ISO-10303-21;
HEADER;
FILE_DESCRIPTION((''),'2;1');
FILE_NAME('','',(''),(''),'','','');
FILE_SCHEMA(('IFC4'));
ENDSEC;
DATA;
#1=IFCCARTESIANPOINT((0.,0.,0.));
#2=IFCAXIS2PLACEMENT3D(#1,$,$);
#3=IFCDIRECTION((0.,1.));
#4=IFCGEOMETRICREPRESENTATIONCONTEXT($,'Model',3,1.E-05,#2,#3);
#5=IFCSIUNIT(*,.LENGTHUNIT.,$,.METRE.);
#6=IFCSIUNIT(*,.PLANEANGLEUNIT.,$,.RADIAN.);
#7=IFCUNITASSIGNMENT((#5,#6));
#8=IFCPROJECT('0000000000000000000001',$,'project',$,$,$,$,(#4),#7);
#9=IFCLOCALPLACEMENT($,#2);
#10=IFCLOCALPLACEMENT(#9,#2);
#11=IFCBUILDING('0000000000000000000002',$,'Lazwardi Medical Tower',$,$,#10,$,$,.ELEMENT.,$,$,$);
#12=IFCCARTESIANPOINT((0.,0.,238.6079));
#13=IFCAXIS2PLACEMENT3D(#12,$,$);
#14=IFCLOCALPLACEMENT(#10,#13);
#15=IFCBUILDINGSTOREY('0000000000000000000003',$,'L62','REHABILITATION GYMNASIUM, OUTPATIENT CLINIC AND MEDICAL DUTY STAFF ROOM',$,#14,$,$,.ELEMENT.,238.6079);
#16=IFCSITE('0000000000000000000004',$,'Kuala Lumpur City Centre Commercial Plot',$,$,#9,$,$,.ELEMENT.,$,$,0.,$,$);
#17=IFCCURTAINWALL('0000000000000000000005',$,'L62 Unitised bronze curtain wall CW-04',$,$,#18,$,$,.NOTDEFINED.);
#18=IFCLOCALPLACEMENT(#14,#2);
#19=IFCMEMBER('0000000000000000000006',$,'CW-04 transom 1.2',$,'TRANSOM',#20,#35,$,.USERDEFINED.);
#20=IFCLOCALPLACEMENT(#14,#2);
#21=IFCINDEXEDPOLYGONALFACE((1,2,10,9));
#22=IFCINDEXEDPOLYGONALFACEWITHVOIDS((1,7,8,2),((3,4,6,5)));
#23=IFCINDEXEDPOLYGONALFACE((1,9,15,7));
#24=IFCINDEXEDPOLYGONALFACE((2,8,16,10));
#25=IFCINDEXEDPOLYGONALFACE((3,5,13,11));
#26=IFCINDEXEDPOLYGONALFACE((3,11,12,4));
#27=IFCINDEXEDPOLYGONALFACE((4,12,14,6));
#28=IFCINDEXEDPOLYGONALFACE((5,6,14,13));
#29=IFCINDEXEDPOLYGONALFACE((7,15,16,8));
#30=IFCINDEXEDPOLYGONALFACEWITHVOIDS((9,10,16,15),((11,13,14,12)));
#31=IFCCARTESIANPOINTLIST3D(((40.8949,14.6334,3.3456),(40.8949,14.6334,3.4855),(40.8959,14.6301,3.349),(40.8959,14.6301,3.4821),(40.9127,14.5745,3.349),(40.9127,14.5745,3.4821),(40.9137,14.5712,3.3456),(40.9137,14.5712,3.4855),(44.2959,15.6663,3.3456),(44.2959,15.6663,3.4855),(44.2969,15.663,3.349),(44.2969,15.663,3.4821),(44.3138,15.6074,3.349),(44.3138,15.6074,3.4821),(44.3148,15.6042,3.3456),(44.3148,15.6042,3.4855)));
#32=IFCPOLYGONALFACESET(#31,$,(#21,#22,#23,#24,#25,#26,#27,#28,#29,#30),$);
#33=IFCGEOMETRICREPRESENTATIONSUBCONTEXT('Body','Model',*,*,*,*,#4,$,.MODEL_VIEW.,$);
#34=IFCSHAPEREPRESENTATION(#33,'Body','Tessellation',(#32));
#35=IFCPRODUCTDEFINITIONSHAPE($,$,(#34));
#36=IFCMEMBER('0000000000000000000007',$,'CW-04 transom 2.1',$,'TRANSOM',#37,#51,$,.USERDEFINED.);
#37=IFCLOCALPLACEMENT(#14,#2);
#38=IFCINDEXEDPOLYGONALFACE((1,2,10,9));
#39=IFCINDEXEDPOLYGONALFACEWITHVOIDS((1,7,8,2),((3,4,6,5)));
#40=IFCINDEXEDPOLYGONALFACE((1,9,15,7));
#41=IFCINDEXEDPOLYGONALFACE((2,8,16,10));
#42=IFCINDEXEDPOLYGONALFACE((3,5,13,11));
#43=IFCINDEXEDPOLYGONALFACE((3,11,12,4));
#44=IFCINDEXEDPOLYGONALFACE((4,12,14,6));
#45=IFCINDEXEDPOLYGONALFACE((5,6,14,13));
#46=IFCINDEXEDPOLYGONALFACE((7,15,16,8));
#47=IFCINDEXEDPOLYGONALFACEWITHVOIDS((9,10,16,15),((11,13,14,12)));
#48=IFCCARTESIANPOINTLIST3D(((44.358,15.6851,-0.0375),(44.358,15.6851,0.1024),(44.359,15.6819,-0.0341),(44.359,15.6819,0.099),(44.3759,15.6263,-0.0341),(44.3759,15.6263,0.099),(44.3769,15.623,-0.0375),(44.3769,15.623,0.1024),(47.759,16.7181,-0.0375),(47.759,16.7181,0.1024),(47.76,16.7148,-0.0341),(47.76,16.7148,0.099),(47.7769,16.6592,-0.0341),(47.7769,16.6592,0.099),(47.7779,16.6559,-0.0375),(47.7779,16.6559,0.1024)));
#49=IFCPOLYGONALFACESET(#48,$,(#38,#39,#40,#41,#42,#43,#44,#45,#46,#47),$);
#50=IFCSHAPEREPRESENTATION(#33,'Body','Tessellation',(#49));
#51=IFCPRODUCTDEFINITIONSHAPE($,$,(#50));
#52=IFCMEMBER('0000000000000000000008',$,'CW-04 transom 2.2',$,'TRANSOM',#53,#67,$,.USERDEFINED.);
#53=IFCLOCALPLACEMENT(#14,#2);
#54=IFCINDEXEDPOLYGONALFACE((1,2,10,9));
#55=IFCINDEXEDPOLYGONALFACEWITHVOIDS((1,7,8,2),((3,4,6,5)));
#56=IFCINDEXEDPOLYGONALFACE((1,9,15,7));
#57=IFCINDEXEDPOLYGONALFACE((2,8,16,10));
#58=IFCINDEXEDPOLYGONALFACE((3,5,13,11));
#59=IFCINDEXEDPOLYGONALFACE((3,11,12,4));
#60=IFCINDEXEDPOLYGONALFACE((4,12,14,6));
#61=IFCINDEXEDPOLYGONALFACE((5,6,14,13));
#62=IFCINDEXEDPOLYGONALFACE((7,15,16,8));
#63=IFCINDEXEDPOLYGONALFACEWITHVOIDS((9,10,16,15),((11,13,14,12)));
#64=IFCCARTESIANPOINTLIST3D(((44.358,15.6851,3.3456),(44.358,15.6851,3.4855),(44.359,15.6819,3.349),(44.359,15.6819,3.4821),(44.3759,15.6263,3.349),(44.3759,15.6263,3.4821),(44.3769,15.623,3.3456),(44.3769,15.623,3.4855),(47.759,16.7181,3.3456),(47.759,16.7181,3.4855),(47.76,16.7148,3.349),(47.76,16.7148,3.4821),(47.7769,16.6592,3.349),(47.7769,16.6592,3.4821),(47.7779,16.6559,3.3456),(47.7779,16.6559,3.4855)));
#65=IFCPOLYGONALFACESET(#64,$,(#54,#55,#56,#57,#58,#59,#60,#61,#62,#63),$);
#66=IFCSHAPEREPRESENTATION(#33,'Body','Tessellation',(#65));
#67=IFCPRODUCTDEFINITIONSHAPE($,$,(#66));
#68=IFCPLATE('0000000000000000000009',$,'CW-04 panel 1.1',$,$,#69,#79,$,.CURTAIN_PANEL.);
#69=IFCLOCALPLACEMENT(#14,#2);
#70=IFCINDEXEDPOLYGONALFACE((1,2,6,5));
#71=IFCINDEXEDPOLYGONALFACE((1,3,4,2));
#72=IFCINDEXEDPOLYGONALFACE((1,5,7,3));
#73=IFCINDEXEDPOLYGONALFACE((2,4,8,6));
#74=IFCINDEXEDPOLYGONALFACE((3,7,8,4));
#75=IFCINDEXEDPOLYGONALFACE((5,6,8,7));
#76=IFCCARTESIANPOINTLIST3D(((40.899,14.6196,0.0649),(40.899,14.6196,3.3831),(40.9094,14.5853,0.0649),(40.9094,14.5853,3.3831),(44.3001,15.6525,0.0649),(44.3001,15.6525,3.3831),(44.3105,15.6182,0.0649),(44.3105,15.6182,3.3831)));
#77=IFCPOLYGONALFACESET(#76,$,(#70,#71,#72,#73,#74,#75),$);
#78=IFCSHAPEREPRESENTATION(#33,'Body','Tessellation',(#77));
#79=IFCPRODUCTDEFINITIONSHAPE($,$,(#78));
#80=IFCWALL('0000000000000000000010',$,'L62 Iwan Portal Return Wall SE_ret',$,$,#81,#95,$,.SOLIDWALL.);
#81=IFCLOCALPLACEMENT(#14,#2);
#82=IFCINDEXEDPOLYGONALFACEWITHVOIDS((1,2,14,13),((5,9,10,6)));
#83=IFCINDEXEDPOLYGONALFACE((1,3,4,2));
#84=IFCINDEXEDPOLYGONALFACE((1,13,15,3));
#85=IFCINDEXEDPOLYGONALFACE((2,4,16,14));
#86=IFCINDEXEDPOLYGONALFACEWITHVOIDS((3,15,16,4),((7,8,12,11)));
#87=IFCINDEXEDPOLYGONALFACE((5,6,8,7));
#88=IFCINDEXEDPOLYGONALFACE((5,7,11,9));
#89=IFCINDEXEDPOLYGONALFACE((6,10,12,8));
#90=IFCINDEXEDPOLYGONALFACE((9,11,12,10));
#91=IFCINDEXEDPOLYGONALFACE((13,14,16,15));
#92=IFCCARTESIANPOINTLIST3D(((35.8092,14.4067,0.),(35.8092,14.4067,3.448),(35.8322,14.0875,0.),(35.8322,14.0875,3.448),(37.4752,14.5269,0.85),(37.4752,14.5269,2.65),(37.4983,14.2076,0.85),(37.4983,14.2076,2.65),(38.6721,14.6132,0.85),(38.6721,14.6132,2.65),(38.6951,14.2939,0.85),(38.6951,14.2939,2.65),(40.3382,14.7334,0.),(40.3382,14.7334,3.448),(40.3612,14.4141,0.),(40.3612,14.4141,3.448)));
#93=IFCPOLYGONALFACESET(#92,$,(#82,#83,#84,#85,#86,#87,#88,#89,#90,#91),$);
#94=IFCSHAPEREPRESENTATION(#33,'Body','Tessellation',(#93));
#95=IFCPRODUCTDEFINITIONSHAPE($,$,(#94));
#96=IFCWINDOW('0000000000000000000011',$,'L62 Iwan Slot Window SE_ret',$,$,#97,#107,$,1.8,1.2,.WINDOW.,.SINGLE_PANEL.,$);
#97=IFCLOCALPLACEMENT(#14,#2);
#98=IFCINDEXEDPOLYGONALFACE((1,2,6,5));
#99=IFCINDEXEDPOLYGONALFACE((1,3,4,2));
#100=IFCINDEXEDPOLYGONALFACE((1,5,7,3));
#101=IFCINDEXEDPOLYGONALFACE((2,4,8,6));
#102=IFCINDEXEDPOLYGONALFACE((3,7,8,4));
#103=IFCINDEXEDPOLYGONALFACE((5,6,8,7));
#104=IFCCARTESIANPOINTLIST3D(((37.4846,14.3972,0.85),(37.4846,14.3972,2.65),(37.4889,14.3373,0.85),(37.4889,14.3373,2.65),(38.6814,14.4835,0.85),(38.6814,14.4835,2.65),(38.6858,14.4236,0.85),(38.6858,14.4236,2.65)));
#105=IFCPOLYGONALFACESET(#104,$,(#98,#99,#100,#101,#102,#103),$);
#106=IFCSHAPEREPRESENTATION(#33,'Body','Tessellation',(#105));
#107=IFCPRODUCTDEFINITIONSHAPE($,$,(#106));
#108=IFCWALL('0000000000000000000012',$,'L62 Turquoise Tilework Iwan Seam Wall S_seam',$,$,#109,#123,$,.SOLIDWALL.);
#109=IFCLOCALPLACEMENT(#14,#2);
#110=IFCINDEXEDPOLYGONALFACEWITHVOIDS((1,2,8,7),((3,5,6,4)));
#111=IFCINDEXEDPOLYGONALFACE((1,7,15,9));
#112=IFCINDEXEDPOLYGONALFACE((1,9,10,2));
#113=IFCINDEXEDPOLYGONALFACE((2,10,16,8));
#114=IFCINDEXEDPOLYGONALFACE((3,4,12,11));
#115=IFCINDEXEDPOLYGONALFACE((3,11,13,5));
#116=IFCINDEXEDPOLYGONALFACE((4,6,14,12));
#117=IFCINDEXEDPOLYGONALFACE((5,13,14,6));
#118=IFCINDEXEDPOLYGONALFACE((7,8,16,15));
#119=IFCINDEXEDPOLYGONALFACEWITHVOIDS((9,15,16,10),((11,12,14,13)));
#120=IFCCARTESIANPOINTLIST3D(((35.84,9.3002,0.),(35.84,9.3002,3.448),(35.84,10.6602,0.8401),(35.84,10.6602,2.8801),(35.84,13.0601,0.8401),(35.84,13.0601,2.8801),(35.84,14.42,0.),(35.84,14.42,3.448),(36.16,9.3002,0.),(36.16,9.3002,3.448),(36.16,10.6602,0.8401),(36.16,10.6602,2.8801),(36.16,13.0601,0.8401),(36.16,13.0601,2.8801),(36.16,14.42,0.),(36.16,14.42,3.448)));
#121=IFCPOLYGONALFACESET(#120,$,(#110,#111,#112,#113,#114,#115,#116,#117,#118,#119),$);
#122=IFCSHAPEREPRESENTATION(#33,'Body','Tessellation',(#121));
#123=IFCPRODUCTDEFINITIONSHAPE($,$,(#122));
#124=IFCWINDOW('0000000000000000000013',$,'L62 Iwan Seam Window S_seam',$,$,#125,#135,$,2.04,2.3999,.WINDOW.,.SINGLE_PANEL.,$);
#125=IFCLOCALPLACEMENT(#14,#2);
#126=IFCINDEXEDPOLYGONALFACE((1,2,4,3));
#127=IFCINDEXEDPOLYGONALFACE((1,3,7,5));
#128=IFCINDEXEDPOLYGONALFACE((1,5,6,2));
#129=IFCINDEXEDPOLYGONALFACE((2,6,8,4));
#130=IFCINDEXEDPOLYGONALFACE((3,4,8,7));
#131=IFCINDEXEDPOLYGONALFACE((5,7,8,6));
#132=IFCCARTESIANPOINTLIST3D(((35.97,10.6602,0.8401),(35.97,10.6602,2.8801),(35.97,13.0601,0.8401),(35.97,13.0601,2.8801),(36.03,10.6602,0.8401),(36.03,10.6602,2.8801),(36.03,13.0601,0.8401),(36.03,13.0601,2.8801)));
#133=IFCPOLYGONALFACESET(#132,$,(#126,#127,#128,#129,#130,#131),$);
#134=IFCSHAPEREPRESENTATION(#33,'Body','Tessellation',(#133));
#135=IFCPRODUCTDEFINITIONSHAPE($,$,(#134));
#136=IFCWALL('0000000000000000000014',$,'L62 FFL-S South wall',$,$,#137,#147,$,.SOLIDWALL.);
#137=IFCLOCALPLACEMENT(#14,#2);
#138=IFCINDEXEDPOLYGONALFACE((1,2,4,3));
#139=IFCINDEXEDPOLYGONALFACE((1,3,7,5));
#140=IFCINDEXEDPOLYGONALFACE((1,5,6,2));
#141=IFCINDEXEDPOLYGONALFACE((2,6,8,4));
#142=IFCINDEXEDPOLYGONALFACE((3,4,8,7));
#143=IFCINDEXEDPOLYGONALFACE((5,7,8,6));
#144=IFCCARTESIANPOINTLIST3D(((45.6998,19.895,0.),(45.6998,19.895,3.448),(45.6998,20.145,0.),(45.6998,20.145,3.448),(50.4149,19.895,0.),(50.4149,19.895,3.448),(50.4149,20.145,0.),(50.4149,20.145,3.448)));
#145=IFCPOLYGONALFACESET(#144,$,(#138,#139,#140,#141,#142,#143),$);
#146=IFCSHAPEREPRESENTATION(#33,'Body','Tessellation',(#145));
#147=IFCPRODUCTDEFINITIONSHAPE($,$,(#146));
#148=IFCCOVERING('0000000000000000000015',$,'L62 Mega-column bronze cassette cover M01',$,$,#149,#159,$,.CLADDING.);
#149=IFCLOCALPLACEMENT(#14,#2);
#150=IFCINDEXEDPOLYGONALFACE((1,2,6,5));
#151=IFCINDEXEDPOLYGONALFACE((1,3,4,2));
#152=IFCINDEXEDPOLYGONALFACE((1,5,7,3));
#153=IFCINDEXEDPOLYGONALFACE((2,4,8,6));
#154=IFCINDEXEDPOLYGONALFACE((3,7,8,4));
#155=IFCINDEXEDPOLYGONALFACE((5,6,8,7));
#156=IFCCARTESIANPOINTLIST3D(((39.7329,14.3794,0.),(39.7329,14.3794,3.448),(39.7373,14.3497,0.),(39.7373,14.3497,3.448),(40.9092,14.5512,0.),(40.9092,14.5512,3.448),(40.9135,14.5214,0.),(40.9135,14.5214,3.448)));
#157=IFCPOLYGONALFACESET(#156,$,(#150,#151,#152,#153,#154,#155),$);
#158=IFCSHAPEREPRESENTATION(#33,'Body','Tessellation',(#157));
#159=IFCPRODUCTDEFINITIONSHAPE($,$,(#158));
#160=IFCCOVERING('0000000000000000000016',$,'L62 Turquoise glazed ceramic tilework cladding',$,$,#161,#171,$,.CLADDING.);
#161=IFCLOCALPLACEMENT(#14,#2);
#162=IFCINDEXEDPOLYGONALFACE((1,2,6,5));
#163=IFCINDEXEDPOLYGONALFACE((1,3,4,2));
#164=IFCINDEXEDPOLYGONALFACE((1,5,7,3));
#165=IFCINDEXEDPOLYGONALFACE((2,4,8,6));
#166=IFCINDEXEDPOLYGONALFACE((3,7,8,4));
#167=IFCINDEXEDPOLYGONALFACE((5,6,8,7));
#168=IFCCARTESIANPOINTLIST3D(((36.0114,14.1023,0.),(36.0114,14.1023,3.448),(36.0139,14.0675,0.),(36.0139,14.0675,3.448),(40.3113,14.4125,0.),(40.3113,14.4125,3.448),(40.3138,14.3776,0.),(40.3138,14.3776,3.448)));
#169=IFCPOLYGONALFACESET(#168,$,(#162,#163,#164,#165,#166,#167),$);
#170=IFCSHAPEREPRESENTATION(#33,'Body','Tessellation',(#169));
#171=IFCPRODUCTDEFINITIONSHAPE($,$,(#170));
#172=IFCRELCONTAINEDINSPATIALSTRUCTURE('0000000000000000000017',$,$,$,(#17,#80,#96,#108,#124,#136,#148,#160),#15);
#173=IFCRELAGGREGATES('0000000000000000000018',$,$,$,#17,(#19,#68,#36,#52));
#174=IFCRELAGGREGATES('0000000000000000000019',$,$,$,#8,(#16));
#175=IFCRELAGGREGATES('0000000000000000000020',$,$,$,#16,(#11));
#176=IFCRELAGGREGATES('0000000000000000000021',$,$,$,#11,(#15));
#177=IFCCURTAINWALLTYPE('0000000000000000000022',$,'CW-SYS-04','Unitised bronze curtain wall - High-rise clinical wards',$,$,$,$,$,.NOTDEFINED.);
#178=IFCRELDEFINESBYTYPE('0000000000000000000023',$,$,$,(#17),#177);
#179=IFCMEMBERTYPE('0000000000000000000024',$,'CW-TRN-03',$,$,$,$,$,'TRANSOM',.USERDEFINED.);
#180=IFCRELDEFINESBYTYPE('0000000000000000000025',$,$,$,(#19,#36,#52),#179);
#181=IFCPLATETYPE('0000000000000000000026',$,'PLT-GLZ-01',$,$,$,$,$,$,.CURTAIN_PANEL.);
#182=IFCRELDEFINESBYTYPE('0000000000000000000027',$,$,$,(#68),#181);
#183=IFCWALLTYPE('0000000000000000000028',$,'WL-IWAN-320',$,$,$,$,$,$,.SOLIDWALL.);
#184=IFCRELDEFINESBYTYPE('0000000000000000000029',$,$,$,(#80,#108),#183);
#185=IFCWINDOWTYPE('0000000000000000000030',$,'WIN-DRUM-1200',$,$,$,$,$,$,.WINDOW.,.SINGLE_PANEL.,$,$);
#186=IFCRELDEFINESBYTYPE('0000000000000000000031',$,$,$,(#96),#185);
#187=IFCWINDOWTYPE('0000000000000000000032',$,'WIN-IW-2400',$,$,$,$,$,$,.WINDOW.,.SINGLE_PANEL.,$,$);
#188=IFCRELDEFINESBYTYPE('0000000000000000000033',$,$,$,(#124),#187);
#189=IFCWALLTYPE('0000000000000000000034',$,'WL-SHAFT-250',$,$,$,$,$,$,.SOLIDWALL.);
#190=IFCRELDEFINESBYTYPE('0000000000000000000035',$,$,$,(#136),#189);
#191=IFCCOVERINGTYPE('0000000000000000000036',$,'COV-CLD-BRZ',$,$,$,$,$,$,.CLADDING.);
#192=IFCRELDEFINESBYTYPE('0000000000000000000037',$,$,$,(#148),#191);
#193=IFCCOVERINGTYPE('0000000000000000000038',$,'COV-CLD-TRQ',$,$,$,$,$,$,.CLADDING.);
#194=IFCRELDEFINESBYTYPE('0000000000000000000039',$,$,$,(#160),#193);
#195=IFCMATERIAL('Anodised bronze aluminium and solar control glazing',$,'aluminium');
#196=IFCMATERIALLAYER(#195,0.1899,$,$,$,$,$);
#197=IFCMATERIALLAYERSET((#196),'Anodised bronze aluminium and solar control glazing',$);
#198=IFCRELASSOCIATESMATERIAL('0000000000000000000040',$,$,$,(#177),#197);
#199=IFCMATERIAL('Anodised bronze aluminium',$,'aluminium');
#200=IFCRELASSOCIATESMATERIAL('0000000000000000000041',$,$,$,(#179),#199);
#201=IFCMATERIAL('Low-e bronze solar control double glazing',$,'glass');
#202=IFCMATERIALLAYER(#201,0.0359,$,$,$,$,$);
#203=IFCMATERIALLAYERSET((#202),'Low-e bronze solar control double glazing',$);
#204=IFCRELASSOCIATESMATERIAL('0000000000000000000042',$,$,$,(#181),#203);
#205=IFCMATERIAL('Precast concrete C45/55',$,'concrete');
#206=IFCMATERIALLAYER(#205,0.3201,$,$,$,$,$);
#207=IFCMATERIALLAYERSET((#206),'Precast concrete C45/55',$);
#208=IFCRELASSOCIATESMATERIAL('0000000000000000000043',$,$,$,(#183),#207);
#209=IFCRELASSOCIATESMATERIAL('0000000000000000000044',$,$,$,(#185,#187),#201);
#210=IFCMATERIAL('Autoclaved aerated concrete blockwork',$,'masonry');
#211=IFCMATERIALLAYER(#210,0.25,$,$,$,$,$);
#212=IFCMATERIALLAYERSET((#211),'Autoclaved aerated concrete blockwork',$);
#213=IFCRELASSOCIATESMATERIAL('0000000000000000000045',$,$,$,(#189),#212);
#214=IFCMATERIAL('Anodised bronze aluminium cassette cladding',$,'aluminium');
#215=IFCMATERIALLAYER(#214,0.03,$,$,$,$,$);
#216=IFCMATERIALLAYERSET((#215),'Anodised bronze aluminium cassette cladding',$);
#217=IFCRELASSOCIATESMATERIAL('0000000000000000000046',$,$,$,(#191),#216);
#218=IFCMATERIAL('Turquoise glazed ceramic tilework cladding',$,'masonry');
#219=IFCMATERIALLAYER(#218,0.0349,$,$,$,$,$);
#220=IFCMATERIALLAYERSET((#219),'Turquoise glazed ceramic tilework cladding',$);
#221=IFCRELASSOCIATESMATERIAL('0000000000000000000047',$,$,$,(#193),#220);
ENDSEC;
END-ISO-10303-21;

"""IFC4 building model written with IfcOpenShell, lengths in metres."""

from ifc_helpers import new_model, si_unit, direction, frame, frame_2d, origin, origin_2d, place, context, subcontext, project, spatial, rectangle, hollow_rectangle, extrude, material, layer, layer_set, material_profile, profile_set, type_object, element, fill, aggregate, save


model = new_model("IFC4")

# Units and contexts
model_context = context("Model", 3, precision=1e-05, world=origin(), true_north=direction((0.0, 1.0)))
body_context = subcontext(model_context, "Body", "Model", "MODEL_VIEW")
ifc_project = project(units=[si_unit("LENGTHUNIT", "METRE"), si_unit("PLANEANGLEUNIT", "RADIAN")], contexts=[model_context])

# Site, building, storey
site_placement = place(None, origin())
site = spatial("IfcSite", under=ifc_project, at=site_placement, Name="Kuala Lumpur City Centre Commercial Plot", CompositionType="ELEMENT", RefElevation=0.0)
building_placement = place(site_placement, origin())
building = spatial("IfcBuilding", under=site, at=building_placement, Name="Lazwardi Medical Tower", CompositionType="ELEMENT")
storey_placement = place(building_placement, frame((0.0, 0.0, 238.6079)))
storey = spatial("IfcBuildingStorey", under=building, at=storey_placement, Name="L62", Description="REHABILITATION GYMNASIUM, OUTPATIENT CLINIC AND MEDICAL DUTY STAFF ROOM", CompositionType="ELEMENT", Elevation=238.6079)

# Curtain wall, members, plate
ifc_material_1 = material(Name="Anodised bronze aluminium and solar control glazing", Category="aluminium")
ifc_layer_1 = layer(ifc_material_1, 0.1899)
ifc_layer_set_1 = layer_set([ifc_layer_1], Name="Anodised bronze aluminium and solar control glazing")
curtain_wall_type = type_object("IfcCurtainWallType", Name="CW-SYS-04", Description="Unitised bronze curtain wall - High-rise clinical wards", PredefinedType="NOTDEFINED", material=ifc_layer_set_1)
curtain_wall_placement = place(storey_placement, origin())
curtain_wall = element("IfcCurtainWall", 1, at=curtain_wall_placement, inside=storey, type_object=curtain_wall_type, Name="L62 Unitised bronze curtain wall CW-04", PredefinedType="NOTDEFINED")
ifc_material_2 = material(Name="Anodised bronze aluminium", Category="aluminium")
ifc_material_profile_1 = material_profile(ifc_material_2, hollow_rectangle(XDim=0.0649, YDim=0.1399, WallThickness=0.0034, at=origin_2d()), Name="ALU-TRANSOM 140x65x3.5")
ifc_profile_set_1 = profile_set([ifc_material_profile_1], Name="Anodised bronze aluminium")
member_type_1 = type_object("IfcMemberType", Name="CW-TRN-03", ElementType="TRANSOM", PredefinedType="USERDEFINED", material=ifc_profile_set_1)
member_1_placement = place(storey_placement, frame((40.9043, 14.6023, 3.4155), z_axis=(0.956843, 0.290604, 0.0), x_axis=(-0.290604, 0.956843, 0.0)))
member_1 = element("IfcMember", 2, at=member_1_placement, type_object=member_type_1, Name="CW-04 transom 1.2", ObjectType="TRANSOM", PredefinedType="USERDEFINED", context=body_context, shape_type="SweptSolid", body=[
    extrude(hollow_rectangle(XDim=0.0649, YDim=0.1399, WallThickness=0.0034, at=origin_2d()), origin(), (0.0, 0.0, 1.0), 3.5544),
])
member_2_placement = place(storey_placement, frame((44.3674, 15.6541, 0.0325), z_axis=(0.956843, 0.290604, 0.0), x_axis=(-0.290604, 0.956843, 0.0)))
member_2 = element("IfcMember", 3, at=member_2_placement, type_object=member_type_1, Name="CW-04 transom 2.1", ObjectType="TRANSOM", PredefinedType="USERDEFINED", context=body_context, shape_type="SweptSolid", body=[
    extrude(hollow_rectangle(XDim=0.0649, YDim=0.1399, WallThickness=0.0034, at=origin_2d()), origin(), (0.0, 0.0, 1.0), 3.5544),
])
member_3_placement = place(storey_placement, frame((44.3674, 15.6541, 3.4155), z_axis=(0.956843, 0.290604, 0.0), x_axis=(-0.290604, 0.956843, 0.0)))
member_3 = element("IfcMember", 4, at=member_3_placement, type_object=member_type_1, Name="CW-04 transom 2.2", ObjectType="TRANSOM", PredefinedType="USERDEFINED", context=body_context, shape_type="SweptSolid", body=[
    extrude(hollow_rectangle(XDim=0.0649, YDim=0.1399, WallThickness=0.0034, at=origin_2d()), origin(), (0.0, 0.0, 1.0), 3.5544),
])
ifc_material_3 = material(Name="Low-e bronze solar control double glazing", Category="glass")
ifc_layer_2 = layer(ifc_material_3, 0.0359)
ifc_layer_set_2 = layer_set([ifc_layer_2], Name="Low-e bronze solar control double glazing")
plate_type = type_object("IfcPlateType", Name="PLT-GLZ-01", PredefinedType="CURTAIN_PANEL", material=ifc_layer_set_2)
plate_placement = place(storey_placement, frame((42.6047, 15.1189, 0.0649), z_axis=(0.0, 0.0, 1.0), x_axis=(0.95685, 0.290582, 0.0)))
plate = element("IfcPlate", 5, at=plate_placement, type_object=plate_type, Name="CW-04 panel 1.1", PredefinedType="CURTAIN_PANEL", context=body_context, shape_type="SweptSolid", body=[
    extrude(rectangle(XDim=3.5544, YDim=0.0359, at=origin_2d()), origin(), (0.0, 0.0, 1.0), 3.3181),
])
aggregate(curtain_wall, [member_1, plate, member_2, member_3])

# Walls, openings, windows
ifc_material_4 = material(Name="Precast concrete C45/55", Category="concrete")
ifc_layer_3 = layer(ifc_material_4, 0.3201)
ifc_layer_set_3 = layer_set([ifc_layer_3], Name="Precast concrete C45/55")
wall_type_1 = type_object("IfcWallType", Name="WL-IWAN-320", PredefinedType="SOLIDWALL", material=ifc_layer_set_3)
wall_1_placement = place(storey_placement, frame((35.8206, 14.2471, 0.0), z_axis=(0.0, 0.0, 1.0), x_axis=(0.997409, 0.071939, 0.0)))
wall_1 = element("IfcWall", 6, at=wall_1_placement, inside=storey, type_object=wall_type_1, Name="L62 Iwan Portal Return Wall SE_ret", PredefinedType="SOLIDWALL", context=body_context, shape_type="SweptSolid", body=[
    extrude(rectangle(XDim=4.5408, YDim=0.3201, at=frame_2d((2.2705, 0.0))), origin(), (0.0, 0.0, 1.0), 3.448),
])
opening_1_placement = place(wall_1_placement, frame((1.6704, 0.0, 0.8501)))
opening_1 = element("IfcOpeningElement", 7, at=opening_1_placement, cuts=wall_1, PredefinedType="OPENING", context=body_context, shape_type="SweptSolid", body=[
    extrude(rectangle(XDim=1.2, YDim=1.8, at=frame_2d((0.6001, 0.8999))), frame((0.0, 0.1699, 0.0), z_axis=(0.0, -1.0, 0.0), x_axis=(1.0, 0.0, 0.0)), (0.0, 0.0, 1.0), 0.3401),
])
window_type_1 = type_object("IfcWindowType", Name="WIN-DRUM-1200", PartitioningType="SINGLE_PANEL", PredefinedType="WINDOW", material=ifc_material_3)
window_1_placement = place(opening_1_placement, origin())
window_1 = element("IfcWindow", 8, at=window_1_placement, inside=storey, type_object=window_type_1, Name="L62 Iwan Slot Window SE_ret", OverallHeight=1.8, OverallWidth=1.2, PartitioningType="SINGLE_PANEL", PredefinedType="WINDOW", context=body_context, shape_type="SweptSolid", body=[
    extrude(rectangle(XDim=1.2, YDim=1.8, at=frame_2d((0.6001, 0.8999))), frame((0.0, 0.03, 0.0), z_axis=(0.0, -1.0, 0.0), x_axis=(1.0, 0.0, 0.0)), (0.0, 0.0, 1.0), 0.0601),
])
fill(opening_1, window_1)
wall_2_placement = place(storey_placement, frame((36.0, 9.3, 0.0), z_axis=(0.0, 0.0, 1.0), x_axis=(0.0, 1.0, 0.0)))
wall_2 = element("IfcWall", 9, at=wall_2_placement, inside=storey, type_object=wall_type_1, Name="L62 Turquoise Tilework Iwan Seam Wall S_seam", PredefinedType="SOLIDWALL", context=body_context, shape_type="SweptSolid", body=[
    extrude(rectangle(XDim=5.1199, YDim=0.3201, at=frame_2d((2.5601, 0.0))), origin(), (0.0, 0.0, 1.0), 3.448),
])
opening_2_placement = place(wall_2_placement, frame((1.3601, 0.0, 0.8401)))
opening_2 = element("IfcOpeningElement", 10, at=opening_2_placement, cuts=wall_2, PredefinedType="OPENING", context=body_context, shape_type="SweptSolid", body=[
    extrude(rectangle(XDim=2.3999, YDim=2.04, at=frame_2d((1.2, 1.02))), frame((0.0, 0.1699, 0.0), z_axis=(0.0, -1.0, 0.0), x_axis=(1.0, 0.0, 0.0)), (0.0, 0.0, 1.0), 0.3401),
])
window_type_2 = type_object("IfcWindowType", Name="WIN-IW-2400", PartitioningType="SINGLE_PANEL", PredefinedType="WINDOW", material=ifc_material_3)
window_2_placement = place(opening_2_placement, origin())
window_2 = element("IfcWindow", 11, at=window_2_placement, inside=storey, type_object=window_type_2, Name="L62 Iwan Seam Window S_seam", OverallHeight=2.04, OverallWidth=2.3999, PartitioningType="SINGLE_PANEL", PredefinedType="WINDOW", context=body_context, shape_type="SweptSolid", body=[
    extrude(rectangle(XDim=2.3999, YDim=2.04, at=frame_2d((1.2, 1.02))), frame((0.0, 0.03, 0.0), z_axis=(0.0, -1.0, 0.0), x_axis=(1.0, 0.0, 0.0)), (0.0, 0.0, 1.0), 0.0601),
])
fill(opening_2, window_2)

# Wall
ifc_material_5 = material(Name="Autoclaved aerated concrete blockwork", Category="masonry")
ifc_layer_4 = layer(ifc_material_5, 0.25)
ifc_layer_set_4 = layer_set([ifc_layer_4], Name="Autoclaved aerated concrete blockwork")
wall_type_2 = type_object("IfcWallType", Name="WL-SHAFT-250", PredefinedType="SOLIDWALL", material=ifc_layer_set_4)
wall_3_placement = place(storey_placement, frame((45.7, 20.02, 0.0), z_axis=(0.0, 0.0, 1.0), x_axis=(1.0, 0.0, 0.0)))
element("IfcWall", 12, at=wall_3_placement, inside=storey, type_object=wall_type_2, Name="L62 FFL-S South wall", PredefinedType="SOLIDWALL", context=body_context, shape_type="SweptSolid", body=[
    extrude(rectangle(XDim=4.7151, YDim=0.25, at=frame_2d((2.3574, 0.0))), origin(), (0.0, 0.0, 1.0), 3.448),
])

# Coverings
ifc_material_6 = material(Name="Anodised bronze aluminium cassette cladding", Category="aluminium")
ifc_layer_5 = layer(ifc_material_6, 0.03)
ifc_layer_set_5 = layer_set([ifc_layer_5], Name="Anodised bronze aluminium cassette cladding")
covering_type_1 = type_object("IfcCoveringType", Name="COV-CLD-BRZ", PredefinedType="CLADDING", material=ifc_layer_set_5)
covering_1_placement = place(storey_placement, frame((40.3232, 14.4504, 0.0), z_axis=(0.0, 0.0, 1.0), x_axis=(0.989512, 0.144448, 0.0)))
element("IfcCovering", 13, at=covering_1_placement, inside=storey, type_object=covering_type_1, Name="L62 Mega-column bronze cassette cover M01", PredefinedType="CLADDING", context=body_context, shape_type="SweptSolid", body=[
    extrude(rectangle(XDim=1.1887, YDim=0.03, at=origin_2d()), origin(), (0.0, 0.0, 1.0), 3.448),
])
ifc_material_7 = material(Name="Turquoise glazed ceramic tilework cladding", Category="masonry")
ifc_layer_6 = layer(ifc_material_7, 0.0349)
ifc_layer_set_6 = layer_set([ifc_layer_6], Name="Turquoise glazed ceramic tilework cladding")
covering_type_2 = type_object("IfcCoveringType", Name="COV-CLD-TRQ", PredefinedType="CLADDING", material=ifc_layer_set_6)
covering_2_placement = place(storey_placement, frame((38.1626, 14.24, 0.0), z_axis=(0.0, 0.0, 1.0), x_axis=(0.997409, 0.071933, 0.0)))
element("IfcCovering", 14, at=covering_2_placement, inside=storey, type_object=covering_type_2, Name="L62 Turquoise glazed ceramic tilework cladding", PredefinedType="CLADDING", context=body_context, shape_type="SweptSolid", body=[
    extrude(rectangle(XDim=4.311, YDim=0.0349, at=origin_2d()), origin(), (0.0, 0.0, 1.0), 3.448),
])

save(model, "model.ifc")
